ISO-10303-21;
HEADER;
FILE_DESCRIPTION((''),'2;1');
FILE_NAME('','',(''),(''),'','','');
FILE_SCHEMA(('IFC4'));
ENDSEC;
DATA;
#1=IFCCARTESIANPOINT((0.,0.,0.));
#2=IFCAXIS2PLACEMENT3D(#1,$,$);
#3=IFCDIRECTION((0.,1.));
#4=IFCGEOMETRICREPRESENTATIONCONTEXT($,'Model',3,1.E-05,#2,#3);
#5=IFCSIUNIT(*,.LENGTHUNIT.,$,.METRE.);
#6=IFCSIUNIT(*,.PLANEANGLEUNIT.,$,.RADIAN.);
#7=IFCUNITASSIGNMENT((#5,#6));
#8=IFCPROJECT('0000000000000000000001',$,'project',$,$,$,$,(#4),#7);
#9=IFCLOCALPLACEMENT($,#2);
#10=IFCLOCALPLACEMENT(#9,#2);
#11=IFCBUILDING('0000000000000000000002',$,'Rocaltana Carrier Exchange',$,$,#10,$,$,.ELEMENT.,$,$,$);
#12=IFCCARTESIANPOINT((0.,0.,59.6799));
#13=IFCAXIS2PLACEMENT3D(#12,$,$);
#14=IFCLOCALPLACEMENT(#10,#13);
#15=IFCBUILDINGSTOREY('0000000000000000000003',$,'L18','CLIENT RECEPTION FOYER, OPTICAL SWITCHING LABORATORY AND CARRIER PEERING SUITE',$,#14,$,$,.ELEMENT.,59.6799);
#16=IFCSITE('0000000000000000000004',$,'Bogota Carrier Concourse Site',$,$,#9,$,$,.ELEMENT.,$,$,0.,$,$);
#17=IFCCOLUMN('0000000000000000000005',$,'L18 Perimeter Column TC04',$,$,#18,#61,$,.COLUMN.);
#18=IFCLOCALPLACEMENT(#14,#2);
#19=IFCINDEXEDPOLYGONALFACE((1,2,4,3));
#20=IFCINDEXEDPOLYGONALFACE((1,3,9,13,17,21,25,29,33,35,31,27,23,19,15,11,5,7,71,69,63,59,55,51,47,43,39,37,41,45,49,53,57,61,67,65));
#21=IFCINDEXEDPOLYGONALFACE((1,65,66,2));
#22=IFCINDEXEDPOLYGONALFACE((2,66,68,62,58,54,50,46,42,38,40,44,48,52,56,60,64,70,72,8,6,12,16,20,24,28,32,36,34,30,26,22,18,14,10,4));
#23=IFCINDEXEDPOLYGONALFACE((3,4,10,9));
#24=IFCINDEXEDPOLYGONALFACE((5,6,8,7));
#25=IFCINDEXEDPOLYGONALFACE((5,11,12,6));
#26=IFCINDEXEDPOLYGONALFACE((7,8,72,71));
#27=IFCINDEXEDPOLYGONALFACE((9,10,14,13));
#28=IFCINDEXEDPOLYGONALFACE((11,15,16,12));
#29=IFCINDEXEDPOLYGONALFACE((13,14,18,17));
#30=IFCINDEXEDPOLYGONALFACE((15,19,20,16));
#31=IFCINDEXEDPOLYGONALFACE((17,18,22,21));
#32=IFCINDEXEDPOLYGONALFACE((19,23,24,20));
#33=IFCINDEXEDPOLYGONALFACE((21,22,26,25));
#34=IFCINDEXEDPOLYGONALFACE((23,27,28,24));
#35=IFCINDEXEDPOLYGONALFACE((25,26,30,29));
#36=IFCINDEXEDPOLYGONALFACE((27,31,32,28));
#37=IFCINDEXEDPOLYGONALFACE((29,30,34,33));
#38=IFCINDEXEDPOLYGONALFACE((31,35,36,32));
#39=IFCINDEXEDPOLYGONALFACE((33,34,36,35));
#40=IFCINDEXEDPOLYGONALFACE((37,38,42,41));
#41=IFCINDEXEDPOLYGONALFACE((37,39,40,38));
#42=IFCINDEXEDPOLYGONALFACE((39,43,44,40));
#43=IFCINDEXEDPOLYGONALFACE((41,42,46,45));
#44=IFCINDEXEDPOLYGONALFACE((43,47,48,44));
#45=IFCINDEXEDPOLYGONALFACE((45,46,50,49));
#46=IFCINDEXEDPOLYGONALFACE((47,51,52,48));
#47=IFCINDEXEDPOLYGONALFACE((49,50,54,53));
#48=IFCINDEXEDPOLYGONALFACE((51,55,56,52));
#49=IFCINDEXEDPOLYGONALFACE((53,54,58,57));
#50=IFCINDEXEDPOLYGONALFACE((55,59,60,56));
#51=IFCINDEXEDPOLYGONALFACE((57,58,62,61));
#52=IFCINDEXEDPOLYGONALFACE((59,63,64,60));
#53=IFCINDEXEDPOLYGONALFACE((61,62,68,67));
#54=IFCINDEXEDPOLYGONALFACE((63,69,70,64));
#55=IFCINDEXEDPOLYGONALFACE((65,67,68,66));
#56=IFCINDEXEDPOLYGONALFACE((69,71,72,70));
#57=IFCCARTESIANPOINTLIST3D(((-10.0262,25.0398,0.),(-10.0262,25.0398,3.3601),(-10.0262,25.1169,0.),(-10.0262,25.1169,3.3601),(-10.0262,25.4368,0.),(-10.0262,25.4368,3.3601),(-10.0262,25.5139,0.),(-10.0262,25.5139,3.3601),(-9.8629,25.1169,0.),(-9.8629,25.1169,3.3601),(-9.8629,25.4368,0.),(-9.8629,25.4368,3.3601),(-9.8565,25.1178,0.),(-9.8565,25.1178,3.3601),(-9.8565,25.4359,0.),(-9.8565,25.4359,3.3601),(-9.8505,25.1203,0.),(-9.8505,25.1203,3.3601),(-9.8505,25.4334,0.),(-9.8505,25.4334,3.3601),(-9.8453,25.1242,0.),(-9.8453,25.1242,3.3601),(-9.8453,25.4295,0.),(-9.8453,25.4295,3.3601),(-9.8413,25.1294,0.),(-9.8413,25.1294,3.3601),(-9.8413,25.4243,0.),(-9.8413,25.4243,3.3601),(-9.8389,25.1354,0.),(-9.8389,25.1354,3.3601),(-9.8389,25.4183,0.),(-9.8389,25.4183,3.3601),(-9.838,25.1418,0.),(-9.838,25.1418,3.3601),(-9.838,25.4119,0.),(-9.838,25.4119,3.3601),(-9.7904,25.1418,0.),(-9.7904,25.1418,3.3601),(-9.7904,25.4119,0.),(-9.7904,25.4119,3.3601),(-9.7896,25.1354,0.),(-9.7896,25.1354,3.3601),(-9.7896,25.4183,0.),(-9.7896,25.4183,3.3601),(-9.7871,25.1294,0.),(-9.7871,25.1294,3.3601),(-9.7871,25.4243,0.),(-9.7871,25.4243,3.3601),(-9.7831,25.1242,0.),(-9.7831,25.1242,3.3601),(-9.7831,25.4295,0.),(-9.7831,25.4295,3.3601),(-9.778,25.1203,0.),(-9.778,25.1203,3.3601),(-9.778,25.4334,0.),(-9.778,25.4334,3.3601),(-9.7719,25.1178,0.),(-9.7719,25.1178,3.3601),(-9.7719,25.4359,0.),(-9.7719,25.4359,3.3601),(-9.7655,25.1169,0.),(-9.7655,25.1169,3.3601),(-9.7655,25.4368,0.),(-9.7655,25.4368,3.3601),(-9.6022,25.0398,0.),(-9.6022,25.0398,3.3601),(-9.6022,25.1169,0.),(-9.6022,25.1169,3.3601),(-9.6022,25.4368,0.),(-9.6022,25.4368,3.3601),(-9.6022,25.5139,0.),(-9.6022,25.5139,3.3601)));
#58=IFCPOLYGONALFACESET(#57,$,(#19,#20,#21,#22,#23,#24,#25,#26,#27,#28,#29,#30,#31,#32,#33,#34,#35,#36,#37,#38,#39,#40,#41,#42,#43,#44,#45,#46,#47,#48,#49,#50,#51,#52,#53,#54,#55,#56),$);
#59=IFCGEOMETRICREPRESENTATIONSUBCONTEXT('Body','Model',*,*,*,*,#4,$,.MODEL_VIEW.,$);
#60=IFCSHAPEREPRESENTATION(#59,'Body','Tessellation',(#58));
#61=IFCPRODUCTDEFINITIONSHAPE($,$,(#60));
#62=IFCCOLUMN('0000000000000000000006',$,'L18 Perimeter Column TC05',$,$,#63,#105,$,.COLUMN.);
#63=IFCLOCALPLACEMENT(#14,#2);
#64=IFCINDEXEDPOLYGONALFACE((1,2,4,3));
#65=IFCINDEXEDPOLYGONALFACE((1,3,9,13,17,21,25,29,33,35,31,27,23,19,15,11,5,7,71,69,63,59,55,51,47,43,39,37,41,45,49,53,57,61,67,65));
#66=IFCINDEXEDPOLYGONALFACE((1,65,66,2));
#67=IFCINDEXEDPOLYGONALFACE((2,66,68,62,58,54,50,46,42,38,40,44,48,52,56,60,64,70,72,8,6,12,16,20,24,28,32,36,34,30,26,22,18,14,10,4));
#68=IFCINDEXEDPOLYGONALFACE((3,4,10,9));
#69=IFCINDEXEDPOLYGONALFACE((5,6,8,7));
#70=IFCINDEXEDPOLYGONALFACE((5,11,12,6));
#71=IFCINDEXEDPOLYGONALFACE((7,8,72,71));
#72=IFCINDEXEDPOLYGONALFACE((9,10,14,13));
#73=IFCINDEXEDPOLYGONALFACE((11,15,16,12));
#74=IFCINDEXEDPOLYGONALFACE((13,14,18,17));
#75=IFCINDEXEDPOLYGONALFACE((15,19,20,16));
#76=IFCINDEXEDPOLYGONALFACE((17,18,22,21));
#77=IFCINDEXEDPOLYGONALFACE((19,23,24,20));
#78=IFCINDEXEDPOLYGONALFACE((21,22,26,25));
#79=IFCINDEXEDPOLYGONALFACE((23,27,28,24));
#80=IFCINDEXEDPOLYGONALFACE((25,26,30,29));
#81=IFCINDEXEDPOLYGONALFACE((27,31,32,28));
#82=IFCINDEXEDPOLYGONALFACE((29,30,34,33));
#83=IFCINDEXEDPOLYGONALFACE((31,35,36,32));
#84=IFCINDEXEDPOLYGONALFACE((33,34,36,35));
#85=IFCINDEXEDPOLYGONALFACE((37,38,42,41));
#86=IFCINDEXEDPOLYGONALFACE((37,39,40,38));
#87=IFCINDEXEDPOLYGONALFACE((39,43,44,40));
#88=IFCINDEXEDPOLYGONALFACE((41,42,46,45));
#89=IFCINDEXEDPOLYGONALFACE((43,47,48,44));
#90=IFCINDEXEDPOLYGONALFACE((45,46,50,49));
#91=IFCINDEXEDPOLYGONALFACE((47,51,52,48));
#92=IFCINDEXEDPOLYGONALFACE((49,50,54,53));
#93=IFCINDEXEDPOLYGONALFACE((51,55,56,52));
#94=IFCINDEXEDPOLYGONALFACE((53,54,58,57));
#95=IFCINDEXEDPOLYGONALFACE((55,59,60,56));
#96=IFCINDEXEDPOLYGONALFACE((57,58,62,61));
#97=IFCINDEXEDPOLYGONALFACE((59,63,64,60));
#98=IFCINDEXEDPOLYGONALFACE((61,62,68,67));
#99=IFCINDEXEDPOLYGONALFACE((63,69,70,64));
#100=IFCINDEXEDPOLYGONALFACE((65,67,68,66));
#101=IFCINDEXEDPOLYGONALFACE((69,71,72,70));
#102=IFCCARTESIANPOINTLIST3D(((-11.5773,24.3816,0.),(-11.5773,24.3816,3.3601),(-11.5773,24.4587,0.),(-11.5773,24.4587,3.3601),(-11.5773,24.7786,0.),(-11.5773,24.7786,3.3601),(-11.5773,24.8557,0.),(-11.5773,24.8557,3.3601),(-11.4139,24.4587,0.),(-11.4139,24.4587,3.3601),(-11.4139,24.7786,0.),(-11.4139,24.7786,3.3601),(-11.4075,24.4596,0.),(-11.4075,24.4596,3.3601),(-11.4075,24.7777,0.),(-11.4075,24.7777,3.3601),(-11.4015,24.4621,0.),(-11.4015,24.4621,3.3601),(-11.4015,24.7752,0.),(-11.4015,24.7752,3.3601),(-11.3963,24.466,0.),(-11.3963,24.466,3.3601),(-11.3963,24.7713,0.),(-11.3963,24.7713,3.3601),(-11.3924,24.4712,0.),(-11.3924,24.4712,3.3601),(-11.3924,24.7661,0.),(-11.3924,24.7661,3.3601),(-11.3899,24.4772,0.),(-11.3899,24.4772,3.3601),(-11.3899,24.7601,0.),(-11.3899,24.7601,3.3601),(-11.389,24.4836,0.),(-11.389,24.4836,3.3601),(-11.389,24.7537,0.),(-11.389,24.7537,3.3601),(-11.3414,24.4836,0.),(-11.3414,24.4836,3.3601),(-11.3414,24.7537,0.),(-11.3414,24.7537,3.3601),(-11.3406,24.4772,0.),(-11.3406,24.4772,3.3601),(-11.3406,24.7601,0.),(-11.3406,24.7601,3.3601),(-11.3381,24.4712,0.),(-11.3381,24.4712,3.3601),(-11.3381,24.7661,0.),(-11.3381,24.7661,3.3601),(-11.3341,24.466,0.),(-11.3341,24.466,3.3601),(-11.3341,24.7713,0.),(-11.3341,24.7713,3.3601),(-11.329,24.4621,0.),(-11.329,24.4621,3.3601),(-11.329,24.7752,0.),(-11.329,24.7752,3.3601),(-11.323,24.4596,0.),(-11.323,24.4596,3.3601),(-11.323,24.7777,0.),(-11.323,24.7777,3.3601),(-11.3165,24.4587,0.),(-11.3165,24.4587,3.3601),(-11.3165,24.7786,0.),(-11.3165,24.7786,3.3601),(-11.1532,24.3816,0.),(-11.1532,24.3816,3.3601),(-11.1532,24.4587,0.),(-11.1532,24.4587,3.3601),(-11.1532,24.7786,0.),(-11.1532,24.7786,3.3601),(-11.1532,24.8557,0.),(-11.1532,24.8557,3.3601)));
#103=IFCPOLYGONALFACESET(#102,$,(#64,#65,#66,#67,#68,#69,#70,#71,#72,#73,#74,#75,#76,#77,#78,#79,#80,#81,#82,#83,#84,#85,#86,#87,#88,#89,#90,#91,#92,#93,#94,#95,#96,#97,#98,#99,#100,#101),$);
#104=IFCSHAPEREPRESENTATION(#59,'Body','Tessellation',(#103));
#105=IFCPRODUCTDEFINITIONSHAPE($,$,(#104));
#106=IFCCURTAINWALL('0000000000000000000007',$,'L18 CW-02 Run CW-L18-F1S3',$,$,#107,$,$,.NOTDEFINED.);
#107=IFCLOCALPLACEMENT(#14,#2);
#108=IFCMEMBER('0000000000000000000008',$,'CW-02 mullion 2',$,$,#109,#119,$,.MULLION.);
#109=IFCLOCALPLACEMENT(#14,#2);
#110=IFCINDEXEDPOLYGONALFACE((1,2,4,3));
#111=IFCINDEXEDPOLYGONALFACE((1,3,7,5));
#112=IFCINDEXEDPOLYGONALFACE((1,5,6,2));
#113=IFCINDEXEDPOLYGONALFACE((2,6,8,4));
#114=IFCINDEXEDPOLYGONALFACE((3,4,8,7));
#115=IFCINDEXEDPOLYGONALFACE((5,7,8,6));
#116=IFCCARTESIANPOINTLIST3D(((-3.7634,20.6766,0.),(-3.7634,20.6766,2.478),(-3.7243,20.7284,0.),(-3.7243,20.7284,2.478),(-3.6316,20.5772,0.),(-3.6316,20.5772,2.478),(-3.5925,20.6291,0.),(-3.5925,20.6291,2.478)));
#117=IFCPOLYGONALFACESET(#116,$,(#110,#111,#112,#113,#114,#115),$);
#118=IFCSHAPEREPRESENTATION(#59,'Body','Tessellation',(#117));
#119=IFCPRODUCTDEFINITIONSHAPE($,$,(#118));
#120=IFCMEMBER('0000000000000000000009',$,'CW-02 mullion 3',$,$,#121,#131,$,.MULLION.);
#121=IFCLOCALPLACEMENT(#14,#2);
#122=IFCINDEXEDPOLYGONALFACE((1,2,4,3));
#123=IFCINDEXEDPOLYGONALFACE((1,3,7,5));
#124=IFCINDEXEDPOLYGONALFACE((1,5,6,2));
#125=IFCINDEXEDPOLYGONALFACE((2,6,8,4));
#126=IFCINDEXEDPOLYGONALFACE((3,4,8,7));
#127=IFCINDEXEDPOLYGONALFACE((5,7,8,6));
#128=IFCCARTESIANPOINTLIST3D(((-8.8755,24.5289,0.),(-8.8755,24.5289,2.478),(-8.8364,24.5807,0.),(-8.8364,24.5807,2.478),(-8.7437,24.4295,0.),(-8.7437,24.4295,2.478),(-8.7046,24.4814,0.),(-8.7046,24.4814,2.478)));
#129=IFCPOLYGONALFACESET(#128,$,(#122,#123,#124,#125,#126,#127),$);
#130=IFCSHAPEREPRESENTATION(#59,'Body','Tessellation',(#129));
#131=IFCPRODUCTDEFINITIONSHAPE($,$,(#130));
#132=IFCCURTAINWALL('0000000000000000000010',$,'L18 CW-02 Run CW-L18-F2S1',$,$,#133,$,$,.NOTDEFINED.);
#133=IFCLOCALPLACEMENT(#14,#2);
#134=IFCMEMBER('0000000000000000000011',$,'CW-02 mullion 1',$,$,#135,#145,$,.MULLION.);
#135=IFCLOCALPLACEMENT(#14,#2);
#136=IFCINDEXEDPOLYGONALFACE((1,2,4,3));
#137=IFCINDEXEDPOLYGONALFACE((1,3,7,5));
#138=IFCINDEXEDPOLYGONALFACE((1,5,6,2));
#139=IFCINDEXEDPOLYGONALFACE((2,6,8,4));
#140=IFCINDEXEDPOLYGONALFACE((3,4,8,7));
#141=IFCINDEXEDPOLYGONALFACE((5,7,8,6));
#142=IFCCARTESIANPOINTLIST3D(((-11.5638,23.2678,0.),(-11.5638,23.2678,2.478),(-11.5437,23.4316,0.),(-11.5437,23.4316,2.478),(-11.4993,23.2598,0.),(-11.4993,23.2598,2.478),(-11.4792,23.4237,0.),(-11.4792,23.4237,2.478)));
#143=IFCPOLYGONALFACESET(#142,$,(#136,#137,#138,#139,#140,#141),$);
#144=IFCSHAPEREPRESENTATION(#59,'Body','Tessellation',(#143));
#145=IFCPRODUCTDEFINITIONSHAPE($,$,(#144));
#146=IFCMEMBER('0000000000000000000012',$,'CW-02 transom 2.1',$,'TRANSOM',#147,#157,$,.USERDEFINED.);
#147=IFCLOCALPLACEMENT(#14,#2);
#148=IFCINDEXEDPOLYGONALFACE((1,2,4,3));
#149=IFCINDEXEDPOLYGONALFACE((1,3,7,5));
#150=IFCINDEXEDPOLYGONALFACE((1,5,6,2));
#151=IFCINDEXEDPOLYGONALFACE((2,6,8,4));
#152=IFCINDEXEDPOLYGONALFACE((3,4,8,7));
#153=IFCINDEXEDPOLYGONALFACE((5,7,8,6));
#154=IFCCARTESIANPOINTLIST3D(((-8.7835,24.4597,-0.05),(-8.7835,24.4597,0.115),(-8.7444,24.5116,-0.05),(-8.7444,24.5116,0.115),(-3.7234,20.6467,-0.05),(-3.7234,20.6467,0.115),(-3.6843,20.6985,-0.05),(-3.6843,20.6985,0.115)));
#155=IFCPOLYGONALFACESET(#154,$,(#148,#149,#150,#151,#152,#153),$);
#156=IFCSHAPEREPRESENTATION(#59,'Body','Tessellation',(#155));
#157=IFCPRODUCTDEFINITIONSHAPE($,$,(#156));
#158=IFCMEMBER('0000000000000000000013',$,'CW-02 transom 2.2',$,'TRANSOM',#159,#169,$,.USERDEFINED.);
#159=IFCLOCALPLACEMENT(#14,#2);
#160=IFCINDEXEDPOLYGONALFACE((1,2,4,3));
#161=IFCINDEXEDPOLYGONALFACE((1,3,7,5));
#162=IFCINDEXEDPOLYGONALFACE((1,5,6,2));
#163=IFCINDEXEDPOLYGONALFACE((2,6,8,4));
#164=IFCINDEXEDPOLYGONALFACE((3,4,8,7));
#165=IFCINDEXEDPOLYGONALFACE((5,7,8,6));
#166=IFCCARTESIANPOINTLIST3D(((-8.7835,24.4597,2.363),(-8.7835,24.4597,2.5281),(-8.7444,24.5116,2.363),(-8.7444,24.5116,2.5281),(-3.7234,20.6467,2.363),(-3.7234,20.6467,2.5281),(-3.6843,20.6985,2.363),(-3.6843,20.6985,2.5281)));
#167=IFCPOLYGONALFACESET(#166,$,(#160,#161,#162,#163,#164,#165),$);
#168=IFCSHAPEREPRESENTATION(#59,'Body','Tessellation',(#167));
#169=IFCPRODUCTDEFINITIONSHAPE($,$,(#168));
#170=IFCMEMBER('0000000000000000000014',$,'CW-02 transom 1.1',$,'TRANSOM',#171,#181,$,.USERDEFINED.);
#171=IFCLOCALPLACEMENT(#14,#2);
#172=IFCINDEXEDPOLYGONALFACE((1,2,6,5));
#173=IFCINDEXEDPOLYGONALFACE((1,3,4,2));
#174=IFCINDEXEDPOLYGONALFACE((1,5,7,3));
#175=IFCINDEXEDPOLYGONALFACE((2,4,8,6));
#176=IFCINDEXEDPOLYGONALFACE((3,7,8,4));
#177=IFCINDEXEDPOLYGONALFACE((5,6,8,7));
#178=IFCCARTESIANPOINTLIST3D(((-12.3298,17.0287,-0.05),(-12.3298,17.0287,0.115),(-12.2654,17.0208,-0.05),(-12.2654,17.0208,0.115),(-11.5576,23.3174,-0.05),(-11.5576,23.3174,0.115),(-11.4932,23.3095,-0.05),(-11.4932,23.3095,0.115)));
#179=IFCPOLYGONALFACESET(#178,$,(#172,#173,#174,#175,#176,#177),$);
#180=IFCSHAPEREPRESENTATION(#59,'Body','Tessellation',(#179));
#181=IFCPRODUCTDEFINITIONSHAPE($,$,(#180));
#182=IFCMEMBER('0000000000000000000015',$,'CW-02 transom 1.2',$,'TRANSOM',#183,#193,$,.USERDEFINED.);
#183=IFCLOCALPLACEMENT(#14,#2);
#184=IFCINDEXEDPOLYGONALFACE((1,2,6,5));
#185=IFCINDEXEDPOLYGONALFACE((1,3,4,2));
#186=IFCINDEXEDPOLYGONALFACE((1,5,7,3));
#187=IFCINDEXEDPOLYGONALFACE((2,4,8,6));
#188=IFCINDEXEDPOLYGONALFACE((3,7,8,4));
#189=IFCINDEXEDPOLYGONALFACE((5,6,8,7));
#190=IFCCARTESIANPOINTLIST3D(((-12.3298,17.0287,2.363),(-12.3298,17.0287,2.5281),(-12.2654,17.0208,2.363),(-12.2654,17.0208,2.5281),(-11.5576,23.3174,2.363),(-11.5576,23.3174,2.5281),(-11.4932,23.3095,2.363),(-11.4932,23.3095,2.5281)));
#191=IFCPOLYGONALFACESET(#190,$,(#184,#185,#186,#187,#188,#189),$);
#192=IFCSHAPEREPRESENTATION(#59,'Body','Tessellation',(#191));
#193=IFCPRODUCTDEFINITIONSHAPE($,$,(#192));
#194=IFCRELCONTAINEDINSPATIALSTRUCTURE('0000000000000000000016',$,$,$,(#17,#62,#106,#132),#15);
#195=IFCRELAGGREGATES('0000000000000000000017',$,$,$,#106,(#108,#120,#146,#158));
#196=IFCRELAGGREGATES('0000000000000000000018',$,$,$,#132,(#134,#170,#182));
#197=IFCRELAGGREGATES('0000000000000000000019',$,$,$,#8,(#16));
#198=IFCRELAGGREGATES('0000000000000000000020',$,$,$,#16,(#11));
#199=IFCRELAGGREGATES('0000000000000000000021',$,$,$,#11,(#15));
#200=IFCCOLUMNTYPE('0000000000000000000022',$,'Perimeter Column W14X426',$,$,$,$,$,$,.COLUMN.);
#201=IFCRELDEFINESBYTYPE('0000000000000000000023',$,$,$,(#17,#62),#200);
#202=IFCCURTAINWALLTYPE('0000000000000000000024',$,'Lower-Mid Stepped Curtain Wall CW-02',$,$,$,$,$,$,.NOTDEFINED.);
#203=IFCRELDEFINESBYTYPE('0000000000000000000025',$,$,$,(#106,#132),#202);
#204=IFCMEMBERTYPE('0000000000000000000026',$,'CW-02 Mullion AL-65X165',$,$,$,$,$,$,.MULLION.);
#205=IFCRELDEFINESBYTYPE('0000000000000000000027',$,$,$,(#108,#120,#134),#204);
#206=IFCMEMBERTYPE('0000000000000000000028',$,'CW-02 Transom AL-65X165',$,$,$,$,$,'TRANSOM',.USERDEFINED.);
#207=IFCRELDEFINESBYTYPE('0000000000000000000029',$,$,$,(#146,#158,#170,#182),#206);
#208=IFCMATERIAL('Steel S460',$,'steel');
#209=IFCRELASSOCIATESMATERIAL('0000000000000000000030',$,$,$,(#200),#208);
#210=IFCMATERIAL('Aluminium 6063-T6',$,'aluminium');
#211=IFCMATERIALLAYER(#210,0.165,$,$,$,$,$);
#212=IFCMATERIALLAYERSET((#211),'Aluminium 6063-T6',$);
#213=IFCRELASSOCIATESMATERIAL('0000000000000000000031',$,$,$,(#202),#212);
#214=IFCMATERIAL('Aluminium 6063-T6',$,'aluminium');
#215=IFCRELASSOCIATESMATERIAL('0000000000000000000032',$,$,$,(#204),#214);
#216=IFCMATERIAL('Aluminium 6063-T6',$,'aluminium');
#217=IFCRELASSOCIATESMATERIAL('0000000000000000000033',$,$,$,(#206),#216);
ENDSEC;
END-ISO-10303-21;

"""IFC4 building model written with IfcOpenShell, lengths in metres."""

from ifc_helpers import new_model, si_unit, direction, frame, origin, origin_2d, place, context, subcontext, project, spatial, rectangle, i_section, extrude, material, layer, layer_set, material_profile, profile_set, type_object, element, aggregate, save


model = new_model("IFC4")

# Units and contexts
model_context = context("Model", 3, precision=1e-05, world=origin(), true_north=direction((0.0, 1.0)))
body_context = subcontext(model_context, "Body", "Model", "MODEL_VIEW")
ifc_project = project(units=[si_unit("LENGTHUNIT", "METRE"), si_unit("PLANEANGLEUNIT", "RADIAN")], contexts=[model_context])

# Site, building, storey
site_placement = place(None, origin())
site = spatial("IfcSite", under=ifc_project, at=site_placement, Name="Bogota Carrier Concourse Site", CompositionType="ELEMENT", RefElevation=0.0)
building_placement = place(site_placement, origin())
building = spatial("IfcBuilding", under=site, at=building_placement, Name="Rocaltana Carrier Exchange", CompositionType="ELEMENT")
storey_placement = place(building_placement, frame((0.0, 0.0, 59.6799)))
storey = spatial("IfcBuildingStorey", under=building, at=storey_placement, Name="L18", Description="CLIENT RECEPTION FOYER, OPTICAL SWITCHING LABORATORY AND CARRIER PEERING SUITE", CompositionType="ELEMENT", Elevation=59.6799)

# Columns
ifc_material_1 = material(Name="Steel S460", Category="steel")
ifc_material_profile_1 = material_profile(ifc_material_1, i_section(OverallWidth=0.4241, OverallDepth=0.4741, WebThickness=0.0476, FlangeThickness=0.0771, FilletRadius=0.0249, at=origin_2d()), Name="W14X426")
ifc_profile_set_1 = profile_set([ifc_material_profile_1], Name="Steel S460")
column_type = type_object("IfcColumnType", Name="Perimeter Column W14X426", PredefinedType="COLUMN", material=ifc_profile_set_1)
for number, where, z_axis, x_axis, name in (
    (1, (-9.8142, 25.2769, 0.0), (0.0, 0.0, 1.0), (1.0, 0.0, 0.0), "L18 Perimeter Column TC04"),
    (2, (-11.3652, 24.6187, 0.0), (0.0, 0.0, 1.0), (1.0, 0.0, 0.0), "L18 Perimeter Column TC05"),
):
    element("IfcColumn", number, at=place(storey_placement, frame(where, z_axis=z_axis, x_axis=x_axis)), inside=storey, type_object=column_type, Name=name, PredefinedType="COLUMN", context=body_context, shape_type="SweptSolid", body=[
        extrude(i_section(OverallWidth=0.4241, OverallDepth=0.4741, WebThickness=0.0476, FlangeThickness=0.0771, FilletRadius=0.0249, at=origin_2d()), origin(), (0.0, 0.0, 1.0), 3.3601),
    ])

# Curtain wall, members
ifc_material_2 = material(Name="Aluminium 6063-T6", Category="aluminium")
ifc_layer_1 = layer(ifc_material_2, 0.165)
ifc_layer_set_1 = layer_set([ifc_layer_1], Name="Aluminium 6063-T6")
curtain_wall_type = type_object("IfcCurtainWallType", Name="Lower-Mid Stepped Curtain Wall CW-02", PredefinedType="NOTDEFINED", material=ifc_layer_set_1)
curtain_wall_1_placement = place(storey_placement, origin())
curtain_wall_1 = element("IfcCurtainWall", 3, at=curtain_wall_1_placement, inside=storey, type_object=curtain_wall_type, Name="L18 CW-02 Run CW-L18-F1S3", PredefinedType="NOTDEFINED")
ifc_material_3 = material(Name="Aluminium 6063-T6", Category="aluminium")
ifc_material_profile_2 = material_profile(ifc_material_3, rectangle(XDim=0.0649, YDim=0.165, at=origin_2d()), Name="AL-65X165")
ifc_profile_set_2 = profile_set([ifc_material_profile_2], Name="Aluminium 6063-T6")
member_type_1 = type_object("IfcMemberType", Name="CW-02 Mullion AL-65X165", PredefinedType="MULLION", material=ifc_profile_set_2)
member_1_placement = place(storey_placement, frame((-3.678, 20.6528, 0.0), z_axis=(0.0, 0.0, 1.0), x_axis=(-0.601812, -0.798638, 0.0)))
member_1 = element("IfcMember", 4, at=member_1_placement, type_object=member_type_1, Name="CW-02 mullion 2", PredefinedType="MULLION", context=body_context, shape_type="SweptSolid", body=[
    extrude(rectangle(XDim=0.0649, YDim=0.165, at=origin_2d()), origin(), (0.0, 0.0, 1.0), 2.478),
])
member_2_placement = place(storey_placement, frame((-8.79, 24.5051, 0.0), z_axis=(0.0, 0.0, 1.0), x_axis=(-0.601812, -0.798638, 0.0)))
member_2 = element("IfcMember", 5, at=member_2_placement, type_object=member_type_1, Name="CW-02 mullion 3", PredefinedType="MULLION", context=body_context, shape_type="SweptSolid", body=[
    extrude(rectangle(XDim=0.0649, YDim=0.165, at=origin_2d()), origin(), (0.0, 0.0, 1.0), 2.478),
])

# Curtain wall, member
curtain_wall_2_placement = place(storey_placement, origin())
curtain_wall_2 = element("IfcCurtainWall", 6, at=curtain_wall_2_placement, inside=storey, type_object=curtain_wall_type, Name="L18 CW-02 Run CW-L18-F2S1", PredefinedType="NOTDEFINED")
member_3_placement = place(storey_placement, frame((-11.5215, 23.3457, 0.0), z_axis=(0.0, 0.0, 1.0), x_axis=(0.992546, -0.121873, 0.0)))
member_3 = element("IfcMember", 7, at=member_3_placement, type_object=member_type_1, Name="CW-02 mullion 1", PredefinedType="MULLION", context=body_context, shape_type="SweptSolid", body=[
    extrude(rectangle(XDim=0.0649, YDim=0.165, at=origin_2d()), origin(), (0.0, 0.0, 1.0), 2.478),
])

# Members
ifc_material_4 = material(Name="Aluminium 6063-T6", Category="aluminium")
ifc_material_profile_3 = material_profile(ifc_material_4, rectangle(XDim=0.0649, YDim=0.165, at=origin_2d()), Name="AL-65X165")
ifc_profile_set_3 = profile_set([ifc_material_profile_3], Name="Aluminium 6063-T6")
member_type_2 = type_object("IfcMemberType", Name="CW-02 Transom AL-65X165", ElementType="TRANSOM", PredefinedType="USERDEFINED", material=ifc_profile_set_3)
member_4_placement = place(storey_placement, frame((-3.7039, 20.6726, 0.0325), z_axis=(-0.798638, 0.601811, 0.0), x_axis=(-0.601811, -0.798638, 0.0)))
member_4 = element("IfcMember", 8, at=member_4_placement, type_object=member_type_2, Name="CW-02 transom 2.1", ObjectType="TRANSOM", PredefinedType="USERDEFINED", context=body_context, shape_type="SweptSolid", body=[
    extrude(rectangle(XDim=0.0649, YDim=0.165, at=origin_2d()), origin(), (0.0, 0.0, 1.0), 6.3359),
])
member_5_placement = place(storey_placement, frame((-3.7039, 20.6726, 2.4456), z_axis=(-0.798638, 0.601811, 0.0), x_axis=(-0.601811, -0.798638, 0.0)))
member_5 = element("IfcMember", 9, at=member_5_placement, type_object=member_type_2, Name="CW-02 transom 2.2", ObjectType="TRANSOM", PredefinedType="USERDEFINED", context=body_context, shape_type="SweptSolid", body=[
    extrude(rectangle(XDim=0.0649, YDim=0.165, at=origin_2d()), origin(), (0.0, 0.0, 1.0), 6.3359),
])
member_6_placement = place(storey_placement, frame((-11.5254, 23.3135, 0.0325), z_axis=(-0.121877, -0.992545, 0.0), x_axis=(0.992545, -0.121877, 0.0)))
member_6 = element("IfcMember", 10, at=member_6_placement, type_object=member_type_2, Name="CW-02 transom 1.1", ObjectType="TRANSOM", PredefinedType="USERDEFINED", context=body_context, shape_type="SweptSolid", body=[
    extrude(rectangle(XDim=0.0649, YDim=0.165, at=origin_2d()), origin(), (0.0, 0.0, 1.0), 6.3359),
])
member_7_placement = place(storey_placement, frame((-11.5254, 23.3135, 2.4456), z_axis=(-0.121877, -0.992545, 0.0), x_axis=(0.992545, -0.121877, 0.0)))
member_7 = element("IfcMember", 11, at=member_7_placement, type_object=member_type_2, Name="CW-02 transom 1.2", ObjectType="TRANSOM", PredefinedType="USERDEFINED", context=body_context, shape_type="SweptSolid", body=[
    extrude(rectangle(XDim=0.0649, YDim=0.165, at=origin_2d()), origin(), (0.0, 0.0, 1.0), 6.3359),
])

aggregate(curtain_wall_1, [member_1, member_2, member_4, member_5])
aggregate(curtain_wall_2, [member_3, member_6, member_7])

save(model, "model.ifc")
